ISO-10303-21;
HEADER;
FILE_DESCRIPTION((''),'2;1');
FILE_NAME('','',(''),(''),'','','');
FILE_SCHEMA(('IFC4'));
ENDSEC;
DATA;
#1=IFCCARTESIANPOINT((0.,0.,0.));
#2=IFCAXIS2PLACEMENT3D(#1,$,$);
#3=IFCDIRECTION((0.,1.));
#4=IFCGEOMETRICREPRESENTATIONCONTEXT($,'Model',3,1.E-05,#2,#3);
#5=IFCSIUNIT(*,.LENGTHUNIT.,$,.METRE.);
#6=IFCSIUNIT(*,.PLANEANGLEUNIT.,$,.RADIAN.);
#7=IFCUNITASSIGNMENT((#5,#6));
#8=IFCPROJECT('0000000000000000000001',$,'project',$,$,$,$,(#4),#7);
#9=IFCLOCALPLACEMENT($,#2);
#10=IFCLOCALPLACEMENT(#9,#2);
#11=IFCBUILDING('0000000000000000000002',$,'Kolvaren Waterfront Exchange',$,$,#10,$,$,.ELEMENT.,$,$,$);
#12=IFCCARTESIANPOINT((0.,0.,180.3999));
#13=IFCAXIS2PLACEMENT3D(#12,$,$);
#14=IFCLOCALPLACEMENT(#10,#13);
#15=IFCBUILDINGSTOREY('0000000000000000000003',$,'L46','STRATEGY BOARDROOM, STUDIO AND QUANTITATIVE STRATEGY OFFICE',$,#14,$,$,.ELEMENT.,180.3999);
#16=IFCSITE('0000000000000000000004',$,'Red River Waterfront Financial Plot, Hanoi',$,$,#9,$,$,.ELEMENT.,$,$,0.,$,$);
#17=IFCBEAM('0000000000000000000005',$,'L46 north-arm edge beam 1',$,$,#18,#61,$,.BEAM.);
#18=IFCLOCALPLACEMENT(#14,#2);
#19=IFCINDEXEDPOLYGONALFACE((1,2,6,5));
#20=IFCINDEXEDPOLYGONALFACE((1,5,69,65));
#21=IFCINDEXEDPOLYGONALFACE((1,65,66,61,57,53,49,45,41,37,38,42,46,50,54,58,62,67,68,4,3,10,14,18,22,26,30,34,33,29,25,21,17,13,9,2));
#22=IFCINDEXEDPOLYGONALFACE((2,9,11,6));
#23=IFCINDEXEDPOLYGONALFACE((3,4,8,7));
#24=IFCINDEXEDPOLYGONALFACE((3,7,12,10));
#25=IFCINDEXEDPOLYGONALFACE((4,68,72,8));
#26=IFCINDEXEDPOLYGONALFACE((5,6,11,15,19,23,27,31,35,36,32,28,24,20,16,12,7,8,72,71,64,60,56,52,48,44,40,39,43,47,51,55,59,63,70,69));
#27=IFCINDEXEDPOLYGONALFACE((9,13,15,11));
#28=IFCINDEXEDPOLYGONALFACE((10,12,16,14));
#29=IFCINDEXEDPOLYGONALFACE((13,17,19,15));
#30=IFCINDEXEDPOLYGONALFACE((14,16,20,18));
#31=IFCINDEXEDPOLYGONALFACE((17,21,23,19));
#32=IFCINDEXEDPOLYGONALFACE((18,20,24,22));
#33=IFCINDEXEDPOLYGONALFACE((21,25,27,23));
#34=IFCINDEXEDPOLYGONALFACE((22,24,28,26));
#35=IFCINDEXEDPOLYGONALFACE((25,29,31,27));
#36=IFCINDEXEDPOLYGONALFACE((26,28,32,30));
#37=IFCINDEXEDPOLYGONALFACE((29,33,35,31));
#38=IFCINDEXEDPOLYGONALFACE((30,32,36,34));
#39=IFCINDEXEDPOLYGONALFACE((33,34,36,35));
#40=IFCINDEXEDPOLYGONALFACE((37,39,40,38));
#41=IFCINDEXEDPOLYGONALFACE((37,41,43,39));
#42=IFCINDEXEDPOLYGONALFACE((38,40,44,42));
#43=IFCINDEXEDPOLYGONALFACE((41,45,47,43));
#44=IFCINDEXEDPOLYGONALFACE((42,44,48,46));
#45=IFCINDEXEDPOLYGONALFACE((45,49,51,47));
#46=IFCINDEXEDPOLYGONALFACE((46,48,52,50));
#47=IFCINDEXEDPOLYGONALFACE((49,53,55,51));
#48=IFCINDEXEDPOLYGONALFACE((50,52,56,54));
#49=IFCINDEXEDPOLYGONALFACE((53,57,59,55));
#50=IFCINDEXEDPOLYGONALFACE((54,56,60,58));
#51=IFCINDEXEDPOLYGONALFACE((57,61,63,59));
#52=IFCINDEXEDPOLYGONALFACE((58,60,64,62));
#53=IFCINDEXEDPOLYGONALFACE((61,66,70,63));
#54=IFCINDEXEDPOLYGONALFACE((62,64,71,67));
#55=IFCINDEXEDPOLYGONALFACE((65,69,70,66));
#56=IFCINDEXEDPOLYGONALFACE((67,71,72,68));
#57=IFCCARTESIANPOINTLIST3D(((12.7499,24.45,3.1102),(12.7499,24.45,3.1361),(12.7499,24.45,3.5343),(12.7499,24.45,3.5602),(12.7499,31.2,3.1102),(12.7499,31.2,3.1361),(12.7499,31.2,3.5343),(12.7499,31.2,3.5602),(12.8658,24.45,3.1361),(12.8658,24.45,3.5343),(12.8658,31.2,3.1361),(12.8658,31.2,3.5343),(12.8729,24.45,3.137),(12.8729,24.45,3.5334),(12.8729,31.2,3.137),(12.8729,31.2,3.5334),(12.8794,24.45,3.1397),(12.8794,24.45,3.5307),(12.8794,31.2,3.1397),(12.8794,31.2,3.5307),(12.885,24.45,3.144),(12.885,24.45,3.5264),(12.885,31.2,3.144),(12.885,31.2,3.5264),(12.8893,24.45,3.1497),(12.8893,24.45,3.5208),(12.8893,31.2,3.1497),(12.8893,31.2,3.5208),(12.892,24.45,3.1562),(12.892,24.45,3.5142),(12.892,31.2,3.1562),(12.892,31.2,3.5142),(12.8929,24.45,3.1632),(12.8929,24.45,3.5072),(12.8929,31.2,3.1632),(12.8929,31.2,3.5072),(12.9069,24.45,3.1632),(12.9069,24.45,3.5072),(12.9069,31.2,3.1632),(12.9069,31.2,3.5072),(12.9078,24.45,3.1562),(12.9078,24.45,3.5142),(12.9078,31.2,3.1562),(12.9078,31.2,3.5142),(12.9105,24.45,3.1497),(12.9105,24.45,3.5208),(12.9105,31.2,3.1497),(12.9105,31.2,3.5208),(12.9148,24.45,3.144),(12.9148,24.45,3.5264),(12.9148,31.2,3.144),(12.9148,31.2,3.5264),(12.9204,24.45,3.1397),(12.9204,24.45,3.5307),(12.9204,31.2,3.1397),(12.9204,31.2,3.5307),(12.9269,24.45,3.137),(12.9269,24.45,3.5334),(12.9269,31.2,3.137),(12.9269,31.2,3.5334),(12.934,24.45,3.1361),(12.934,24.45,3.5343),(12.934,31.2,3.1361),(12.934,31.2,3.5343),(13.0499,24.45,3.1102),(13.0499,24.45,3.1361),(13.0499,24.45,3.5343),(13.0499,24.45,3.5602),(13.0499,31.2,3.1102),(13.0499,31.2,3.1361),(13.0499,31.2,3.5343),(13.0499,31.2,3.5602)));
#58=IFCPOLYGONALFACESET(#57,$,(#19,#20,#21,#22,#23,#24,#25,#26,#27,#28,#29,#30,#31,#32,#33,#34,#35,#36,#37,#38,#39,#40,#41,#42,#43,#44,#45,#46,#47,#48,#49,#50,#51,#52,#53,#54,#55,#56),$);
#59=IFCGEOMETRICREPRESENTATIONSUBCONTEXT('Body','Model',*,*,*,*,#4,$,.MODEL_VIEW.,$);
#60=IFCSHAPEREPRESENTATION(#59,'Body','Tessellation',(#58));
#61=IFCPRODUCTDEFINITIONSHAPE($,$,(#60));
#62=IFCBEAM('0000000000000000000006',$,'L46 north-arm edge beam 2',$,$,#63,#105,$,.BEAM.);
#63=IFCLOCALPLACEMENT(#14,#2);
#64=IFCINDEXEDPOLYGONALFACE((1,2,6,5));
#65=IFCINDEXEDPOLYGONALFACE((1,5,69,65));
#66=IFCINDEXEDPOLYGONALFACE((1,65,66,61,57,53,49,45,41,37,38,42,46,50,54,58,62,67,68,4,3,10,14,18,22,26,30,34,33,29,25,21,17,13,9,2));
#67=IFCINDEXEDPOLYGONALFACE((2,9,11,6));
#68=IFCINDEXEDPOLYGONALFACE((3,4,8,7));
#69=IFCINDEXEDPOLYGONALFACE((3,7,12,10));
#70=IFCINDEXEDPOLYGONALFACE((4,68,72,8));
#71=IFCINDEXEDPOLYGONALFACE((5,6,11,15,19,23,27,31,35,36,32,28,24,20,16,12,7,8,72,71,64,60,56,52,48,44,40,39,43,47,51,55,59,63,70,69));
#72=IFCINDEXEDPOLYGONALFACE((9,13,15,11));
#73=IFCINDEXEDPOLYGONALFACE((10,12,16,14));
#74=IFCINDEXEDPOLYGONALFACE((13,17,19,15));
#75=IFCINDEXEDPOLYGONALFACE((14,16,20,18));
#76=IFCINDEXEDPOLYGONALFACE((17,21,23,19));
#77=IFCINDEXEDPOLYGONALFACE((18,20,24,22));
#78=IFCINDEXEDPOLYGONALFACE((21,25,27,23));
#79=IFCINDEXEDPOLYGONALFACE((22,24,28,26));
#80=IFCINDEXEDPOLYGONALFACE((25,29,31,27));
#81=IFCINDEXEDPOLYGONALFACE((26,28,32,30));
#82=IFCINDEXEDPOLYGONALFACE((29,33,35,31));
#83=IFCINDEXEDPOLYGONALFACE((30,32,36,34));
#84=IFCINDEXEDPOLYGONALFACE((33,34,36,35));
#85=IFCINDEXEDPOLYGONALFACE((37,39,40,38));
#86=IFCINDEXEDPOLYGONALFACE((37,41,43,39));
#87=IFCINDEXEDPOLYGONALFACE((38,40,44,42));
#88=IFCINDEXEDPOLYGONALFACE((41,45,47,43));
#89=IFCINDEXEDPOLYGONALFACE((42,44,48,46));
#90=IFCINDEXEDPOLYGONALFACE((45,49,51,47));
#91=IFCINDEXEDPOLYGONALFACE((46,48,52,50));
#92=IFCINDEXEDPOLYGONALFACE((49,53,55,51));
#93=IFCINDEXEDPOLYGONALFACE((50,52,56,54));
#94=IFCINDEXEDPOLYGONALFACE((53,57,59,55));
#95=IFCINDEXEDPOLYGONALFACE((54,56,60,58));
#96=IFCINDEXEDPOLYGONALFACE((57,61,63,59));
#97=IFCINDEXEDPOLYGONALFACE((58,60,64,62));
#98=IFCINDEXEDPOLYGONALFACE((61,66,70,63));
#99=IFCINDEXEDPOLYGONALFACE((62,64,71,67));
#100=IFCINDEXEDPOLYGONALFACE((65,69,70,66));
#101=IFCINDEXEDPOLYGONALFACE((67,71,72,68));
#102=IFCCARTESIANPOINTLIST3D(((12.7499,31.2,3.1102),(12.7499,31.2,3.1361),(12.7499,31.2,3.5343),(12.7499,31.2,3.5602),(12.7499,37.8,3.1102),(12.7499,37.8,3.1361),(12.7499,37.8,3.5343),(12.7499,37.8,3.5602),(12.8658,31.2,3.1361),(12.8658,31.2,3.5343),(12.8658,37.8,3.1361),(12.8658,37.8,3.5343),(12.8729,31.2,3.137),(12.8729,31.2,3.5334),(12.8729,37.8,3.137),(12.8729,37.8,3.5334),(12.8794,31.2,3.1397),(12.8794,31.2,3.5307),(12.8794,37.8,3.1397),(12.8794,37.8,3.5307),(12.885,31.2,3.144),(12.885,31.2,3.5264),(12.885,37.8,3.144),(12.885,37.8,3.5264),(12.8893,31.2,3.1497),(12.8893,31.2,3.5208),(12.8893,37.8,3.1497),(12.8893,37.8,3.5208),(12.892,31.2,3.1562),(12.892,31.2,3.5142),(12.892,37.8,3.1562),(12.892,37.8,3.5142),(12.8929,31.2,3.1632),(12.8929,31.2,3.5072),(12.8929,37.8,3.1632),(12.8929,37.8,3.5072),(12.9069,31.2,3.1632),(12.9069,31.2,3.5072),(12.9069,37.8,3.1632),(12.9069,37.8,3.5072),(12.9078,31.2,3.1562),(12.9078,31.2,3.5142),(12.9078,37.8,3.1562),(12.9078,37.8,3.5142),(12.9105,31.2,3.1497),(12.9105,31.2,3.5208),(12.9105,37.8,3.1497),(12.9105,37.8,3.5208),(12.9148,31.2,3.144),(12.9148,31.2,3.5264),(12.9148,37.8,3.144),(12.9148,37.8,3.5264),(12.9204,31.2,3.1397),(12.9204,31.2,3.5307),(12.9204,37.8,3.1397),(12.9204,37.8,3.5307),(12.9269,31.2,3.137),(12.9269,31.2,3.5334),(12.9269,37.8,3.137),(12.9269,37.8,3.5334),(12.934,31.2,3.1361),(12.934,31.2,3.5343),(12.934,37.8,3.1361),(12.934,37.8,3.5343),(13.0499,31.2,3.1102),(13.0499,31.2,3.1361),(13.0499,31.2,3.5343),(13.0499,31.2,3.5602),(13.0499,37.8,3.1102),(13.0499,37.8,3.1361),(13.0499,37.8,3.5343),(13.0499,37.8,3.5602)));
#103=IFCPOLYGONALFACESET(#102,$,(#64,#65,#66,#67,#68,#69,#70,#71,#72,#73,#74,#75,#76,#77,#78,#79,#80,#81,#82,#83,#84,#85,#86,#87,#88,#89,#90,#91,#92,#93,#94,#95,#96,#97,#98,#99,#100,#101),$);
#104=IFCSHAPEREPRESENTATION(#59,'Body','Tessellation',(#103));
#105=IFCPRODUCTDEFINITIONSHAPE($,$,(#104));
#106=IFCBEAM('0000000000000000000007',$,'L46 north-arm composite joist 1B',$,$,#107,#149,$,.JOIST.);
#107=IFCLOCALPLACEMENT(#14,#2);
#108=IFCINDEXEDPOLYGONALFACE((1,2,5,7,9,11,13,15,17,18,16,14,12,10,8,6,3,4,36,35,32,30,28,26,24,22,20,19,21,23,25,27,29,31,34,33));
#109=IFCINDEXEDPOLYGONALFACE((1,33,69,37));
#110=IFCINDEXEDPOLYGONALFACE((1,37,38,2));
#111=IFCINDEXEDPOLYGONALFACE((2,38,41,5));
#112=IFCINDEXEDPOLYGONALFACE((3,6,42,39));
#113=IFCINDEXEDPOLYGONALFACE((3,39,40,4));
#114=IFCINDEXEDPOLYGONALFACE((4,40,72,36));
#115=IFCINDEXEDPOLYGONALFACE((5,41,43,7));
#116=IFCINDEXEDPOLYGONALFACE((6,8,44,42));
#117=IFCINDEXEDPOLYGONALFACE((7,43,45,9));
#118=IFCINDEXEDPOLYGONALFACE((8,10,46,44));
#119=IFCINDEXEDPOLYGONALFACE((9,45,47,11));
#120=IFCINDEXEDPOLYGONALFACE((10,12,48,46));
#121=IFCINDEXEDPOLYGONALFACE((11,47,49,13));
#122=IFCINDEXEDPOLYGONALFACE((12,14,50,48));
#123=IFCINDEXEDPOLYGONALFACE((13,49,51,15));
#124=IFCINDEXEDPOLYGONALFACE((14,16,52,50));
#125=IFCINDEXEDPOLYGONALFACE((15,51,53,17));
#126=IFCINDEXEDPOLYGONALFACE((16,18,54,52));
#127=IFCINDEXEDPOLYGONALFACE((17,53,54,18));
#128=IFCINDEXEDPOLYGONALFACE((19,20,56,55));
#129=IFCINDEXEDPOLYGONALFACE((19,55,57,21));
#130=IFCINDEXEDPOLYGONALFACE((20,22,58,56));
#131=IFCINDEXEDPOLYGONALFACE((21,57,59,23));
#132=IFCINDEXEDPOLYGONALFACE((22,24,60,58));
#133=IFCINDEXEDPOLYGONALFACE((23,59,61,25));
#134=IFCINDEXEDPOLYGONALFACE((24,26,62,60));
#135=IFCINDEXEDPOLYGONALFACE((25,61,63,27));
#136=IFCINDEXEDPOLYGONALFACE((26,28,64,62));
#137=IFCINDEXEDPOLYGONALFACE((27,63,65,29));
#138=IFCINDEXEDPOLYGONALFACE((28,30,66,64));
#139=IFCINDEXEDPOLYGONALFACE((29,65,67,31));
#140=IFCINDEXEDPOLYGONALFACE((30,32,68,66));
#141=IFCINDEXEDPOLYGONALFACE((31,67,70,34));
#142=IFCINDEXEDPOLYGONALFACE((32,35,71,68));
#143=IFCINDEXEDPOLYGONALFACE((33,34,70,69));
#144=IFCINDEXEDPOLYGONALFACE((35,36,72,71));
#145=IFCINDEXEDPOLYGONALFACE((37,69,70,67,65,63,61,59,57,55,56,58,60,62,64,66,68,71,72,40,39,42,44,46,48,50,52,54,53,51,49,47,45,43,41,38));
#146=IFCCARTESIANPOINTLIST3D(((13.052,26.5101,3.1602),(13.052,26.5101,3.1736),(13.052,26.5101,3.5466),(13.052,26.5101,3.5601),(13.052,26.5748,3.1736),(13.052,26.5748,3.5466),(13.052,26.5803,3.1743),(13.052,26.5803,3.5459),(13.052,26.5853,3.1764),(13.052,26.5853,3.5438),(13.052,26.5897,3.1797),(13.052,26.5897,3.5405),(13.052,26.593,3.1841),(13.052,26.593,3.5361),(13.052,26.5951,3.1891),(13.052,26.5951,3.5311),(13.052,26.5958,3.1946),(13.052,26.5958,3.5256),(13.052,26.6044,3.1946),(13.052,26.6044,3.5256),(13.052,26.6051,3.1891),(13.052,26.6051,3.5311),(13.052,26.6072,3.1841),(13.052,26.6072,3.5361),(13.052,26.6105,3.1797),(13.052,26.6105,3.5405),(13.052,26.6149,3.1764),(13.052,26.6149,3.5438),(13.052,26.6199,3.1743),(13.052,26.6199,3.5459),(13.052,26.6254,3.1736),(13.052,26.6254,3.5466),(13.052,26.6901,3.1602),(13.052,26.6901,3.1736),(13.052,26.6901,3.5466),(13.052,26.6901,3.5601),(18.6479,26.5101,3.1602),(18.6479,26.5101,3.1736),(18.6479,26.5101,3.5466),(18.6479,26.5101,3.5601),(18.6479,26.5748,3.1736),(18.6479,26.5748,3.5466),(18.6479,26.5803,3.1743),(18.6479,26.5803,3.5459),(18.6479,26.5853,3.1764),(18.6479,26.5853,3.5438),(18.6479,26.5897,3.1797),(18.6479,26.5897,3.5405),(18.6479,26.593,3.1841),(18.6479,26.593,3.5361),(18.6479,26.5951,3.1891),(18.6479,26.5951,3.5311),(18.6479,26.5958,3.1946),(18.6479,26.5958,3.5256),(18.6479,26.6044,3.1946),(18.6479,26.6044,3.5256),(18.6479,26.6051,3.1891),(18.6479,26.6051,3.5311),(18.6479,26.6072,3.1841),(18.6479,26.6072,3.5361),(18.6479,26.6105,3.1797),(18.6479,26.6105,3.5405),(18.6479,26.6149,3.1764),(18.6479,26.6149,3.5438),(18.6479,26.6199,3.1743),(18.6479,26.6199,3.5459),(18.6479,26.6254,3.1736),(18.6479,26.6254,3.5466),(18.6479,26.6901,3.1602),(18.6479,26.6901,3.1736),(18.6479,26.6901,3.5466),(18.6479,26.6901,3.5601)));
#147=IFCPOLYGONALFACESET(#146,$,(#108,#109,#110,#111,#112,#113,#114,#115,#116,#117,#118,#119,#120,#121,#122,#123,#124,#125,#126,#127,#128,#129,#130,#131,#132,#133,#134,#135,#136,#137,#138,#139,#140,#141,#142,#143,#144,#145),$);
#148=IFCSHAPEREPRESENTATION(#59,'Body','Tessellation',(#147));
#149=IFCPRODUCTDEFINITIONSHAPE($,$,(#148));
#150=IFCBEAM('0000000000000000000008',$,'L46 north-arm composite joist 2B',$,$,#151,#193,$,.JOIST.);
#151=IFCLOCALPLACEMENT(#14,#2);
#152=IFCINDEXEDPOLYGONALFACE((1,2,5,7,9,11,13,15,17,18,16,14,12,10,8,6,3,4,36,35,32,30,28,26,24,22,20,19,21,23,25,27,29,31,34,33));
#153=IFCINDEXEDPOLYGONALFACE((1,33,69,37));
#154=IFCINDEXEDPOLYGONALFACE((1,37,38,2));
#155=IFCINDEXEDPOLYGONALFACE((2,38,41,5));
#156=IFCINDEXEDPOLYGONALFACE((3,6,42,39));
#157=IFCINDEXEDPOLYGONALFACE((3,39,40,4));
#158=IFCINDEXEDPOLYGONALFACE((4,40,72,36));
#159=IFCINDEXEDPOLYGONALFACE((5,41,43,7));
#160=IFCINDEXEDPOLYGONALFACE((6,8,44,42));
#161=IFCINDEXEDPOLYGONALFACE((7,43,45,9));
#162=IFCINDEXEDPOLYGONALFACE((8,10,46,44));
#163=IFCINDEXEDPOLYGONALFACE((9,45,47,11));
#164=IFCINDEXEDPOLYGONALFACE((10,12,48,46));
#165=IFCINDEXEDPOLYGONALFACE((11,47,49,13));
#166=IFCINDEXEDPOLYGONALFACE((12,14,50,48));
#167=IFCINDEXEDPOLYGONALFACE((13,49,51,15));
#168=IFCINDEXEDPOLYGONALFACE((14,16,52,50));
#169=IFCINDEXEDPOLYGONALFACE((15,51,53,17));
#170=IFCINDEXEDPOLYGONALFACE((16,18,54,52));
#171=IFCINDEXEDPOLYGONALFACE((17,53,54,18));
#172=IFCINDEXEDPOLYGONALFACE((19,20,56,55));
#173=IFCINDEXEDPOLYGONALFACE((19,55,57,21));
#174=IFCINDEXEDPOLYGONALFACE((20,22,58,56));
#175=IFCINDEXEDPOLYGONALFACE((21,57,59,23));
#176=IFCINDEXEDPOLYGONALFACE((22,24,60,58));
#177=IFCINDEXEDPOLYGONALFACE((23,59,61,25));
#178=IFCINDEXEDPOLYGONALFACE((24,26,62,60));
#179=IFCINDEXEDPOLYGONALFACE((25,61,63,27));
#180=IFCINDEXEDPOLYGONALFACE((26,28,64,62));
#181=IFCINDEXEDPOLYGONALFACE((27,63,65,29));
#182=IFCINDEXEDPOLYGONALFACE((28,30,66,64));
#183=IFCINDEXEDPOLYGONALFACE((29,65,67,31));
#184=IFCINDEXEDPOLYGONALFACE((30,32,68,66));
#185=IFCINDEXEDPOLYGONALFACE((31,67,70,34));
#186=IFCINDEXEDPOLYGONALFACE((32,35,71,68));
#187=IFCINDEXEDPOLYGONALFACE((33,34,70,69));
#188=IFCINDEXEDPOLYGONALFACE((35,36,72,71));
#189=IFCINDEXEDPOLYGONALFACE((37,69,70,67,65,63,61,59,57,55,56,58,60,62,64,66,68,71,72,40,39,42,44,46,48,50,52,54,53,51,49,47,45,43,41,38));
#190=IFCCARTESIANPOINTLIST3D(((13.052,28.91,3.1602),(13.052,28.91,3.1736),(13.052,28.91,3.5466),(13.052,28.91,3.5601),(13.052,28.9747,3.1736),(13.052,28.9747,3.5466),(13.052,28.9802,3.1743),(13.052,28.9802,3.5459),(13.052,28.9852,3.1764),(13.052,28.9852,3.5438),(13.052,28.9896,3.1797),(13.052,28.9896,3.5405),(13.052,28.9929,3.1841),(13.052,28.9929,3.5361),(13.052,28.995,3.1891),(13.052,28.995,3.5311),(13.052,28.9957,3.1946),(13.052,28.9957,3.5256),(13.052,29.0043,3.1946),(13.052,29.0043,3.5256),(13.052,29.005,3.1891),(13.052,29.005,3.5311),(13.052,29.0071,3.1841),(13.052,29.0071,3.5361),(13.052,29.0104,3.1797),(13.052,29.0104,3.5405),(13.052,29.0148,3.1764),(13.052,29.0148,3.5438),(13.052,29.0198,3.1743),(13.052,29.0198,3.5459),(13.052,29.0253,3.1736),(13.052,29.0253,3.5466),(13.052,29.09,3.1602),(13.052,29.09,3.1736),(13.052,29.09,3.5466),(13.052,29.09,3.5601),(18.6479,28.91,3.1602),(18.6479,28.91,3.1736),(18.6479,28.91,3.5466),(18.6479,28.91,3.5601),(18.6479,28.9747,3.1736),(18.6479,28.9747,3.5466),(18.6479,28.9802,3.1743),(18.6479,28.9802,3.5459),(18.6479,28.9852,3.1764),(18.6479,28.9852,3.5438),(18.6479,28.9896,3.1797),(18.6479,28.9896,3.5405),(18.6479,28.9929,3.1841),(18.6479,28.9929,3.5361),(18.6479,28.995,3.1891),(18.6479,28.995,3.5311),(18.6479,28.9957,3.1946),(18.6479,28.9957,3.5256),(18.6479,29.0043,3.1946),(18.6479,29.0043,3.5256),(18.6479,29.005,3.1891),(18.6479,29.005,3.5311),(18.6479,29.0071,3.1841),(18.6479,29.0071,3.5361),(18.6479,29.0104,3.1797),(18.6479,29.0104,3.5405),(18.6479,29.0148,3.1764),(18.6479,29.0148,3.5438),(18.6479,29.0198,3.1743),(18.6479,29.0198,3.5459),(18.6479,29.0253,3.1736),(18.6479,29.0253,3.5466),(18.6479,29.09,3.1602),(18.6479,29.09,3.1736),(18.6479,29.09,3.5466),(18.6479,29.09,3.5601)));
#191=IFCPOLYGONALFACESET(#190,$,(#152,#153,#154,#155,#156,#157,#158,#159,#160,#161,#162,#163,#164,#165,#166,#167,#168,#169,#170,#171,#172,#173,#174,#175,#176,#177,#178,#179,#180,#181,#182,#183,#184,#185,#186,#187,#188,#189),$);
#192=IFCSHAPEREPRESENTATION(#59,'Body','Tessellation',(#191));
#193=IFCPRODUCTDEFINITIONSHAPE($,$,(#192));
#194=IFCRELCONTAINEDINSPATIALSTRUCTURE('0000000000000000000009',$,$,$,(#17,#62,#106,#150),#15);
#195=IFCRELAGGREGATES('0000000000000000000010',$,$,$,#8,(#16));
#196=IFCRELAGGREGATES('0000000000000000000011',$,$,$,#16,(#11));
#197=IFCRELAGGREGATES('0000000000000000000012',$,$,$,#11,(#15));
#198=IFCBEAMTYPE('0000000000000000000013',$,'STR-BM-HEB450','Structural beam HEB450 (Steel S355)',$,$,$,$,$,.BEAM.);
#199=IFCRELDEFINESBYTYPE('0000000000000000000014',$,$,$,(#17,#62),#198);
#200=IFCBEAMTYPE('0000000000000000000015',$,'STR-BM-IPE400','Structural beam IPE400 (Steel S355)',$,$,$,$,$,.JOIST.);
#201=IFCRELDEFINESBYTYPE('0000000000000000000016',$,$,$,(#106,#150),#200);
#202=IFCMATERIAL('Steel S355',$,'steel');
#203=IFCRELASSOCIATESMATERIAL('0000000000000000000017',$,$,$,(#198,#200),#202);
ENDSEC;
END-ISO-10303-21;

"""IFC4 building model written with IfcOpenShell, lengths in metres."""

from ifc_helpers import new_model, si_unit, direction, frame, origin, origin_2d, place, context, subcontext, project, spatial, i_section, extrude, material, material_profile, profile_set, type_object, element, save


model = new_model("IFC4")

# Units and contexts
model_context = context("Model", 3, precision=1e-05, world=origin(), true_north=direction((0.0, 1.0)))
body_context = subcontext(model_context, "Body", "Model", "MODEL_VIEW")
ifc_project = project(units=[si_unit("LENGTHUNIT", "METRE"), si_unit("PLANEANGLEUNIT", "RADIAN")], contexts=[model_context])

# Site, building, storey
site_placement = place(None, origin())
site = spatial("IfcSite", under=ifc_project, at=site_placement, Name="Red River Waterfront Financial Plot, Hanoi", CompositionType="ELEMENT", RefElevation=0.0)
building_placement = place(site_placement, origin())
building = spatial("IfcBuilding", under=site, at=building_placement, Name="Kolvaren Waterfront Exchange", CompositionType="ELEMENT")
storey_placement = place(building_placement, frame((0.0, 0.0, 180.3999)))
storey = spatial("IfcBuildingStorey", under=building, at=storey_placement, Name="L46", Description="STRATEGY BOARDROOM, STUDIO AND QUANTITATIVE STRATEGY OFFICE", CompositionType="ELEMENT", Elevation=180.3999)

# Beams
ifc_material_1 = material(Name="Steel S355", Category="steel")
ifc_material_profile_1 = material_profile(ifc_material_1, i_section(OverallWidth=0.3, OverallDepth=0.45, WebThickness=0.0139, FlangeThickness=0.0259, FilletRadius=0.0271, at=origin_2d()), Name="HEB450")
ifc_profile_set_1 = profile_set([ifc_material_profile_1], Name="Steel S355")
beam_type_1 = type_object("IfcBeamType", Name="STR-BM-HEB450", Description="Structural beam HEB450 (Steel S355)", PredefinedType="BEAM", material=ifc_profile_set_1)
beam_1_placement = place(storey_placement, frame((12.8999, 24.45, 3.3352), z_axis=(0.0, 1.0, 0.0), x_axis=(-1.0, 0.0, 0.0)))
element("IfcBeam", 1, at=beam_1_placement, inside=storey, type_object=beam_type_1, Name="L46 north-arm edge beam 1", PredefinedType="BEAM", context=body_context, shape_type="SweptSolid", body=[
    extrude(i_section(OverallWidth=0.3, OverallDepth=0.45, WebThickness=0.0139, FlangeThickness=0.0259, FilletRadius=0.0271, at=origin_2d()), origin(), (0.0, 0.0, 1.0), 6.75),
])
beam_2_placement = place(storey_placement, frame((12.8999, 31.2, 3.3352), z_axis=(0.0, 1.0, 0.0), x_axis=(-1.0, 0.0, 0.0)))
element("IfcBeam", 2, at=beam_2_placement, inside=storey, type_object=beam_type_1, Name="L46 north-arm edge beam 2", PredefinedType="BEAM", context=body_context, shape_type="SweptSolid", body=[
    extrude(i_section(OverallWidth=0.3, OverallDepth=0.45, WebThickness=0.0139, FlangeThickness=0.0259, FilletRadius=0.0271, at=origin_2d()), origin(), (0.0, 0.0, 1.0), 6.6001),
])
ifc_material_profile_2 = material_profile(ifc_material_1, i_section(OverallWidth=0.1799, OverallDepth=0.3999, WebThickness=0.0085, FlangeThickness=0.0134, FilletRadius=0.021, at=origin_2d()), Name="IPE400")
ifc_profile_set_2 = profile_set([ifc_material_profile_2], Name="Steel S355")
beam_type_2 = type_object("IfcBeamType", Name="STR-BM-IPE400", Description="Structural beam IPE400 (Steel S355)", PredefinedType="JOIST", material=ifc_profile_set_2)
for number, where, z_axis, x_axis, name in (
    (3, (13.052, 26.6001, 3.3601), (1.0, 0.0, 0.0), (0.0, 1.0, 0.0), "L46 north-arm composite joist 1B"),
    (4, (13.052, 29.0, 3.3601), (1.0, 0.0, 0.0), (0.0, 1.0, 0.0), "L46 north-arm composite joist 2B"),
):
    element("IfcBeam", number, at=place(storey_placement, frame(where, z_axis=z_axis, x_axis=x_axis)), inside=storey, type_object=beam_type_2, Name=name, PredefinedType="JOIST", context=body_context, shape_type="SweptSolid", body=[
        extrude(i_section(OverallWidth=0.1799, OverallDepth=0.3999, WebThickness=0.0085, FlangeThickness=0.0134, FilletRadius=0.021, at=origin_2d()), origin(), (0.0, 0.0, 1.0), 5.5959),
    ])

save(model, "model.ifc")
